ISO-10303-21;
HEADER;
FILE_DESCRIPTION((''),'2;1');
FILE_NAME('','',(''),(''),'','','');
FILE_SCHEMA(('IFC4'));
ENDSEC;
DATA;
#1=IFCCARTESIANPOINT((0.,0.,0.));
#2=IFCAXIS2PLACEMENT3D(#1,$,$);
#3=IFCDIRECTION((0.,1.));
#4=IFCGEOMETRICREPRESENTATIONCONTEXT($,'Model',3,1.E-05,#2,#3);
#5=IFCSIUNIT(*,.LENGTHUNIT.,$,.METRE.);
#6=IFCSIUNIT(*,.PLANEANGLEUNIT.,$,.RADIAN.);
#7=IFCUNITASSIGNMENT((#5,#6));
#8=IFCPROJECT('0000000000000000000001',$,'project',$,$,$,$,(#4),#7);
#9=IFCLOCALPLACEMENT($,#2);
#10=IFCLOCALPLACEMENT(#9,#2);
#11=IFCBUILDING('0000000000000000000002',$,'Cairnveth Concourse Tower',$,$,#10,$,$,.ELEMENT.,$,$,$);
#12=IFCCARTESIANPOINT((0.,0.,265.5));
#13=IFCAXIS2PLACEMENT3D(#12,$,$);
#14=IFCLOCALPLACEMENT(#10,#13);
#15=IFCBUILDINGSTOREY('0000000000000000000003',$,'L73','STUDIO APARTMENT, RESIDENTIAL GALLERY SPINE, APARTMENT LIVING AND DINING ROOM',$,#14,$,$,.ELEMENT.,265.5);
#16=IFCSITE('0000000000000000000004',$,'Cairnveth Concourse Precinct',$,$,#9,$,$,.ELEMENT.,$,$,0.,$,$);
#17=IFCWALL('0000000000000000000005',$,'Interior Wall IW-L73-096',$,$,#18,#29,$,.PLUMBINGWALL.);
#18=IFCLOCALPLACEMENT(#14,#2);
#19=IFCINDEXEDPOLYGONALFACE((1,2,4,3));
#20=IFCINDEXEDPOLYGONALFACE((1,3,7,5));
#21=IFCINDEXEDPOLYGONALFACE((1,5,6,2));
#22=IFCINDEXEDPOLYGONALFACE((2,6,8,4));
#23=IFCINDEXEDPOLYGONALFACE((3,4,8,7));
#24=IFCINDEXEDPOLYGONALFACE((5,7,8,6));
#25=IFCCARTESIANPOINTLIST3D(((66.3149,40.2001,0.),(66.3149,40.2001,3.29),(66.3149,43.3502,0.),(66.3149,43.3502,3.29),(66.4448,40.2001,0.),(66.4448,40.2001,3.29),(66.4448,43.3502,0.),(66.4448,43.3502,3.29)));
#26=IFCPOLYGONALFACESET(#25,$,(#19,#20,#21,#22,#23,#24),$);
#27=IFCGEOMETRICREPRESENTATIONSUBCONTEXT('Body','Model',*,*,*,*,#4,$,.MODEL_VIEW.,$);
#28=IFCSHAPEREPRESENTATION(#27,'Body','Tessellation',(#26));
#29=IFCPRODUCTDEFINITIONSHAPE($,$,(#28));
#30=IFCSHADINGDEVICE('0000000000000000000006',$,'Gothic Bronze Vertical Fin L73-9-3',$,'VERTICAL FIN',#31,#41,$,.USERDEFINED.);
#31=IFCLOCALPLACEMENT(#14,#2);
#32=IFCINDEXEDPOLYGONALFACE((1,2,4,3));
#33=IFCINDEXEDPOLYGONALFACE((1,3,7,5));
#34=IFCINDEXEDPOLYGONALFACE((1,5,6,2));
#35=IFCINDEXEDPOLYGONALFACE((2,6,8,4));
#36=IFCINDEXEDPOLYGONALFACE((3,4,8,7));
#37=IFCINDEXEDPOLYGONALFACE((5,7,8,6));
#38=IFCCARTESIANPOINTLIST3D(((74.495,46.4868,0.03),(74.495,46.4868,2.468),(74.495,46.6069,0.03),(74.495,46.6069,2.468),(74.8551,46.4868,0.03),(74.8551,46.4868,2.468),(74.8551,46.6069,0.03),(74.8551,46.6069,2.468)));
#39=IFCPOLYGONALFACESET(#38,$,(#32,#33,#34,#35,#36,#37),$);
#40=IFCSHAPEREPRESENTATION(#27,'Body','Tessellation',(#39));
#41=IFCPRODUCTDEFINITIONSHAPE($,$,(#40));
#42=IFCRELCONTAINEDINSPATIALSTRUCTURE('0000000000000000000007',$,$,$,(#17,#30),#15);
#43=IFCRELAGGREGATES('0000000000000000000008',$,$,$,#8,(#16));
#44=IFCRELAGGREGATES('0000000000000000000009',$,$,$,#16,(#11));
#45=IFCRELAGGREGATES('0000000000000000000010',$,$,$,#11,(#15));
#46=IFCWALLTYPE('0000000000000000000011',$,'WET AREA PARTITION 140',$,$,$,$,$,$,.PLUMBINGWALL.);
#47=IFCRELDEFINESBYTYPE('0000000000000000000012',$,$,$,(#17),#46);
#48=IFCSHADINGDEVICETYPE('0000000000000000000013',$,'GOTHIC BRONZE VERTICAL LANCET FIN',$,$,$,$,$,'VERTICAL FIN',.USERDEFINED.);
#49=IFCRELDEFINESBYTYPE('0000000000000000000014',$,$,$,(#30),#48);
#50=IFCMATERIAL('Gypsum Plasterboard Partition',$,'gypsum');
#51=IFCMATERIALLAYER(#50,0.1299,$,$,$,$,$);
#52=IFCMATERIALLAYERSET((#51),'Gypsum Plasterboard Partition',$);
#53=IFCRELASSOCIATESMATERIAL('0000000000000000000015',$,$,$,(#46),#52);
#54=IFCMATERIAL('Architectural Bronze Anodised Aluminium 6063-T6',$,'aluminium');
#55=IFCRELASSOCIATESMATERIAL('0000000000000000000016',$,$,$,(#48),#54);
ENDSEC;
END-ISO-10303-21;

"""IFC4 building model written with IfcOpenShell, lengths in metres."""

from ifc_helpers import new_model, si_unit, direction, frame, frame_2d, origin, origin_2d, place, context, subcontext, project, spatial, rectangle, extrude, material, layer, layer_set, type_object, element, save


model = new_model("IFC4")

# Units and contexts
model_context = context("Model", 3, precision=1e-05, world=origin(), true_north=direction((0.0, 1.0)))
body_context = subcontext(model_context, "Body", "Model", "MODEL_VIEW")
ifc_project = project(units=[si_unit("LENGTHUNIT", "METRE"), si_unit("PLANEANGLEUNIT", "RADIAN")], contexts=[model_context])

# Site, building, storey
site_placement = place(None, origin())
site = spatial("IfcSite", under=ifc_project, at=site_placement, Name="Cairnveth Concourse Precinct", CompositionType="ELEMENT", RefElevation=0.0)
building_placement = place(site_placement, origin())
building = spatial("IfcBuilding", under=site, at=building_placement, Name="Cairnveth Concourse Tower", CompositionType="ELEMENT")
storey_placement = place(building_placement, frame((0.0, 0.0, 265.5)))
storey = spatial("IfcBuildingStorey", under=building, at=storey_placement, Name="L73", Description="STUDIO APARTMENT, RESIDENTIAL GALLERY SPINE, APARTMENT LIVING AND DINING ROOM", CompositionType="ELEMENT", Elevation=265.5)

# Shared definitions
ifc_material_1 = material(Name="Gypsum Plasterboard Partition", Category="gypsum")

# Shared definitions
ifc_layer_1 = layer(ifc_material_1, 0.1299)
ifc_layer_set_1 = layer_set([ifc_layer_1], Name="Gypsum Plasterboard Partition")
wall_type_1 = type_object("IfcWallType", Name="WET AREA PARTITION 140", PredefinedType="PLUMBINGWALL", material=ifc_layer_set_1)

# Wall
wall_1_placement = place(storey_placement, frame((66.3799, 40.2, 0.0), z_axis=(0.0, 0.0, 1.0), x_axis=(0.0, 1.0, 0.0)))
element("IfcWall", 1, at=wall_1_placement, inside=storey, type_object=wall_type_1, Name="Interior Wall IW-L73-096", PredefinedType="PLUMBINGWALL", context=body_context, shape_type="SweptSolid", body=[
    extrude(rectangle(XDim=3.1501, YDim=0.1299, at=frame_2d((1.5752, 0.0))), origin(), (0.0, 0.0, 1.0), 3.29),
])

# Shading device
ifc_material_2 = material(Name="Architectural Bronze Anodised Aluminium 6063-T6", Category="aluminium")
shading_device_type = type_object("IfcShadingDeviceType", Name="GOTHIC BRONZE VERTICAL LANCET FIN", ElementType="VERTICAL FIN", PredefinedType="USERDEFINED", material=ifc_material_2)
shading_device_placement = place(storey_placement, frame((74.675, 46.5469, 0.03), z_axis=(0.0, 0.0, 1.0), x_axis=(0.0, 1.0, 0.0)))
element("IfcShadingDevice", 2, at=shading_device_placement, inside=storey, type_object=shading_device_type, Name="Gothic Bronze Vertical Fin L73-9-3", ObjectType="VERTICAL FIN", PredefinedType="USERDEFINED", context=body_context, shape_type="SweptSolid", body=[
    extrude(rectangle(XDim=0.1201, YDim=0.3601, at=origin_2d()), origin(), (0.0, 0.0, 1.0), 2.438),
])

save(model, "model.ifc")
